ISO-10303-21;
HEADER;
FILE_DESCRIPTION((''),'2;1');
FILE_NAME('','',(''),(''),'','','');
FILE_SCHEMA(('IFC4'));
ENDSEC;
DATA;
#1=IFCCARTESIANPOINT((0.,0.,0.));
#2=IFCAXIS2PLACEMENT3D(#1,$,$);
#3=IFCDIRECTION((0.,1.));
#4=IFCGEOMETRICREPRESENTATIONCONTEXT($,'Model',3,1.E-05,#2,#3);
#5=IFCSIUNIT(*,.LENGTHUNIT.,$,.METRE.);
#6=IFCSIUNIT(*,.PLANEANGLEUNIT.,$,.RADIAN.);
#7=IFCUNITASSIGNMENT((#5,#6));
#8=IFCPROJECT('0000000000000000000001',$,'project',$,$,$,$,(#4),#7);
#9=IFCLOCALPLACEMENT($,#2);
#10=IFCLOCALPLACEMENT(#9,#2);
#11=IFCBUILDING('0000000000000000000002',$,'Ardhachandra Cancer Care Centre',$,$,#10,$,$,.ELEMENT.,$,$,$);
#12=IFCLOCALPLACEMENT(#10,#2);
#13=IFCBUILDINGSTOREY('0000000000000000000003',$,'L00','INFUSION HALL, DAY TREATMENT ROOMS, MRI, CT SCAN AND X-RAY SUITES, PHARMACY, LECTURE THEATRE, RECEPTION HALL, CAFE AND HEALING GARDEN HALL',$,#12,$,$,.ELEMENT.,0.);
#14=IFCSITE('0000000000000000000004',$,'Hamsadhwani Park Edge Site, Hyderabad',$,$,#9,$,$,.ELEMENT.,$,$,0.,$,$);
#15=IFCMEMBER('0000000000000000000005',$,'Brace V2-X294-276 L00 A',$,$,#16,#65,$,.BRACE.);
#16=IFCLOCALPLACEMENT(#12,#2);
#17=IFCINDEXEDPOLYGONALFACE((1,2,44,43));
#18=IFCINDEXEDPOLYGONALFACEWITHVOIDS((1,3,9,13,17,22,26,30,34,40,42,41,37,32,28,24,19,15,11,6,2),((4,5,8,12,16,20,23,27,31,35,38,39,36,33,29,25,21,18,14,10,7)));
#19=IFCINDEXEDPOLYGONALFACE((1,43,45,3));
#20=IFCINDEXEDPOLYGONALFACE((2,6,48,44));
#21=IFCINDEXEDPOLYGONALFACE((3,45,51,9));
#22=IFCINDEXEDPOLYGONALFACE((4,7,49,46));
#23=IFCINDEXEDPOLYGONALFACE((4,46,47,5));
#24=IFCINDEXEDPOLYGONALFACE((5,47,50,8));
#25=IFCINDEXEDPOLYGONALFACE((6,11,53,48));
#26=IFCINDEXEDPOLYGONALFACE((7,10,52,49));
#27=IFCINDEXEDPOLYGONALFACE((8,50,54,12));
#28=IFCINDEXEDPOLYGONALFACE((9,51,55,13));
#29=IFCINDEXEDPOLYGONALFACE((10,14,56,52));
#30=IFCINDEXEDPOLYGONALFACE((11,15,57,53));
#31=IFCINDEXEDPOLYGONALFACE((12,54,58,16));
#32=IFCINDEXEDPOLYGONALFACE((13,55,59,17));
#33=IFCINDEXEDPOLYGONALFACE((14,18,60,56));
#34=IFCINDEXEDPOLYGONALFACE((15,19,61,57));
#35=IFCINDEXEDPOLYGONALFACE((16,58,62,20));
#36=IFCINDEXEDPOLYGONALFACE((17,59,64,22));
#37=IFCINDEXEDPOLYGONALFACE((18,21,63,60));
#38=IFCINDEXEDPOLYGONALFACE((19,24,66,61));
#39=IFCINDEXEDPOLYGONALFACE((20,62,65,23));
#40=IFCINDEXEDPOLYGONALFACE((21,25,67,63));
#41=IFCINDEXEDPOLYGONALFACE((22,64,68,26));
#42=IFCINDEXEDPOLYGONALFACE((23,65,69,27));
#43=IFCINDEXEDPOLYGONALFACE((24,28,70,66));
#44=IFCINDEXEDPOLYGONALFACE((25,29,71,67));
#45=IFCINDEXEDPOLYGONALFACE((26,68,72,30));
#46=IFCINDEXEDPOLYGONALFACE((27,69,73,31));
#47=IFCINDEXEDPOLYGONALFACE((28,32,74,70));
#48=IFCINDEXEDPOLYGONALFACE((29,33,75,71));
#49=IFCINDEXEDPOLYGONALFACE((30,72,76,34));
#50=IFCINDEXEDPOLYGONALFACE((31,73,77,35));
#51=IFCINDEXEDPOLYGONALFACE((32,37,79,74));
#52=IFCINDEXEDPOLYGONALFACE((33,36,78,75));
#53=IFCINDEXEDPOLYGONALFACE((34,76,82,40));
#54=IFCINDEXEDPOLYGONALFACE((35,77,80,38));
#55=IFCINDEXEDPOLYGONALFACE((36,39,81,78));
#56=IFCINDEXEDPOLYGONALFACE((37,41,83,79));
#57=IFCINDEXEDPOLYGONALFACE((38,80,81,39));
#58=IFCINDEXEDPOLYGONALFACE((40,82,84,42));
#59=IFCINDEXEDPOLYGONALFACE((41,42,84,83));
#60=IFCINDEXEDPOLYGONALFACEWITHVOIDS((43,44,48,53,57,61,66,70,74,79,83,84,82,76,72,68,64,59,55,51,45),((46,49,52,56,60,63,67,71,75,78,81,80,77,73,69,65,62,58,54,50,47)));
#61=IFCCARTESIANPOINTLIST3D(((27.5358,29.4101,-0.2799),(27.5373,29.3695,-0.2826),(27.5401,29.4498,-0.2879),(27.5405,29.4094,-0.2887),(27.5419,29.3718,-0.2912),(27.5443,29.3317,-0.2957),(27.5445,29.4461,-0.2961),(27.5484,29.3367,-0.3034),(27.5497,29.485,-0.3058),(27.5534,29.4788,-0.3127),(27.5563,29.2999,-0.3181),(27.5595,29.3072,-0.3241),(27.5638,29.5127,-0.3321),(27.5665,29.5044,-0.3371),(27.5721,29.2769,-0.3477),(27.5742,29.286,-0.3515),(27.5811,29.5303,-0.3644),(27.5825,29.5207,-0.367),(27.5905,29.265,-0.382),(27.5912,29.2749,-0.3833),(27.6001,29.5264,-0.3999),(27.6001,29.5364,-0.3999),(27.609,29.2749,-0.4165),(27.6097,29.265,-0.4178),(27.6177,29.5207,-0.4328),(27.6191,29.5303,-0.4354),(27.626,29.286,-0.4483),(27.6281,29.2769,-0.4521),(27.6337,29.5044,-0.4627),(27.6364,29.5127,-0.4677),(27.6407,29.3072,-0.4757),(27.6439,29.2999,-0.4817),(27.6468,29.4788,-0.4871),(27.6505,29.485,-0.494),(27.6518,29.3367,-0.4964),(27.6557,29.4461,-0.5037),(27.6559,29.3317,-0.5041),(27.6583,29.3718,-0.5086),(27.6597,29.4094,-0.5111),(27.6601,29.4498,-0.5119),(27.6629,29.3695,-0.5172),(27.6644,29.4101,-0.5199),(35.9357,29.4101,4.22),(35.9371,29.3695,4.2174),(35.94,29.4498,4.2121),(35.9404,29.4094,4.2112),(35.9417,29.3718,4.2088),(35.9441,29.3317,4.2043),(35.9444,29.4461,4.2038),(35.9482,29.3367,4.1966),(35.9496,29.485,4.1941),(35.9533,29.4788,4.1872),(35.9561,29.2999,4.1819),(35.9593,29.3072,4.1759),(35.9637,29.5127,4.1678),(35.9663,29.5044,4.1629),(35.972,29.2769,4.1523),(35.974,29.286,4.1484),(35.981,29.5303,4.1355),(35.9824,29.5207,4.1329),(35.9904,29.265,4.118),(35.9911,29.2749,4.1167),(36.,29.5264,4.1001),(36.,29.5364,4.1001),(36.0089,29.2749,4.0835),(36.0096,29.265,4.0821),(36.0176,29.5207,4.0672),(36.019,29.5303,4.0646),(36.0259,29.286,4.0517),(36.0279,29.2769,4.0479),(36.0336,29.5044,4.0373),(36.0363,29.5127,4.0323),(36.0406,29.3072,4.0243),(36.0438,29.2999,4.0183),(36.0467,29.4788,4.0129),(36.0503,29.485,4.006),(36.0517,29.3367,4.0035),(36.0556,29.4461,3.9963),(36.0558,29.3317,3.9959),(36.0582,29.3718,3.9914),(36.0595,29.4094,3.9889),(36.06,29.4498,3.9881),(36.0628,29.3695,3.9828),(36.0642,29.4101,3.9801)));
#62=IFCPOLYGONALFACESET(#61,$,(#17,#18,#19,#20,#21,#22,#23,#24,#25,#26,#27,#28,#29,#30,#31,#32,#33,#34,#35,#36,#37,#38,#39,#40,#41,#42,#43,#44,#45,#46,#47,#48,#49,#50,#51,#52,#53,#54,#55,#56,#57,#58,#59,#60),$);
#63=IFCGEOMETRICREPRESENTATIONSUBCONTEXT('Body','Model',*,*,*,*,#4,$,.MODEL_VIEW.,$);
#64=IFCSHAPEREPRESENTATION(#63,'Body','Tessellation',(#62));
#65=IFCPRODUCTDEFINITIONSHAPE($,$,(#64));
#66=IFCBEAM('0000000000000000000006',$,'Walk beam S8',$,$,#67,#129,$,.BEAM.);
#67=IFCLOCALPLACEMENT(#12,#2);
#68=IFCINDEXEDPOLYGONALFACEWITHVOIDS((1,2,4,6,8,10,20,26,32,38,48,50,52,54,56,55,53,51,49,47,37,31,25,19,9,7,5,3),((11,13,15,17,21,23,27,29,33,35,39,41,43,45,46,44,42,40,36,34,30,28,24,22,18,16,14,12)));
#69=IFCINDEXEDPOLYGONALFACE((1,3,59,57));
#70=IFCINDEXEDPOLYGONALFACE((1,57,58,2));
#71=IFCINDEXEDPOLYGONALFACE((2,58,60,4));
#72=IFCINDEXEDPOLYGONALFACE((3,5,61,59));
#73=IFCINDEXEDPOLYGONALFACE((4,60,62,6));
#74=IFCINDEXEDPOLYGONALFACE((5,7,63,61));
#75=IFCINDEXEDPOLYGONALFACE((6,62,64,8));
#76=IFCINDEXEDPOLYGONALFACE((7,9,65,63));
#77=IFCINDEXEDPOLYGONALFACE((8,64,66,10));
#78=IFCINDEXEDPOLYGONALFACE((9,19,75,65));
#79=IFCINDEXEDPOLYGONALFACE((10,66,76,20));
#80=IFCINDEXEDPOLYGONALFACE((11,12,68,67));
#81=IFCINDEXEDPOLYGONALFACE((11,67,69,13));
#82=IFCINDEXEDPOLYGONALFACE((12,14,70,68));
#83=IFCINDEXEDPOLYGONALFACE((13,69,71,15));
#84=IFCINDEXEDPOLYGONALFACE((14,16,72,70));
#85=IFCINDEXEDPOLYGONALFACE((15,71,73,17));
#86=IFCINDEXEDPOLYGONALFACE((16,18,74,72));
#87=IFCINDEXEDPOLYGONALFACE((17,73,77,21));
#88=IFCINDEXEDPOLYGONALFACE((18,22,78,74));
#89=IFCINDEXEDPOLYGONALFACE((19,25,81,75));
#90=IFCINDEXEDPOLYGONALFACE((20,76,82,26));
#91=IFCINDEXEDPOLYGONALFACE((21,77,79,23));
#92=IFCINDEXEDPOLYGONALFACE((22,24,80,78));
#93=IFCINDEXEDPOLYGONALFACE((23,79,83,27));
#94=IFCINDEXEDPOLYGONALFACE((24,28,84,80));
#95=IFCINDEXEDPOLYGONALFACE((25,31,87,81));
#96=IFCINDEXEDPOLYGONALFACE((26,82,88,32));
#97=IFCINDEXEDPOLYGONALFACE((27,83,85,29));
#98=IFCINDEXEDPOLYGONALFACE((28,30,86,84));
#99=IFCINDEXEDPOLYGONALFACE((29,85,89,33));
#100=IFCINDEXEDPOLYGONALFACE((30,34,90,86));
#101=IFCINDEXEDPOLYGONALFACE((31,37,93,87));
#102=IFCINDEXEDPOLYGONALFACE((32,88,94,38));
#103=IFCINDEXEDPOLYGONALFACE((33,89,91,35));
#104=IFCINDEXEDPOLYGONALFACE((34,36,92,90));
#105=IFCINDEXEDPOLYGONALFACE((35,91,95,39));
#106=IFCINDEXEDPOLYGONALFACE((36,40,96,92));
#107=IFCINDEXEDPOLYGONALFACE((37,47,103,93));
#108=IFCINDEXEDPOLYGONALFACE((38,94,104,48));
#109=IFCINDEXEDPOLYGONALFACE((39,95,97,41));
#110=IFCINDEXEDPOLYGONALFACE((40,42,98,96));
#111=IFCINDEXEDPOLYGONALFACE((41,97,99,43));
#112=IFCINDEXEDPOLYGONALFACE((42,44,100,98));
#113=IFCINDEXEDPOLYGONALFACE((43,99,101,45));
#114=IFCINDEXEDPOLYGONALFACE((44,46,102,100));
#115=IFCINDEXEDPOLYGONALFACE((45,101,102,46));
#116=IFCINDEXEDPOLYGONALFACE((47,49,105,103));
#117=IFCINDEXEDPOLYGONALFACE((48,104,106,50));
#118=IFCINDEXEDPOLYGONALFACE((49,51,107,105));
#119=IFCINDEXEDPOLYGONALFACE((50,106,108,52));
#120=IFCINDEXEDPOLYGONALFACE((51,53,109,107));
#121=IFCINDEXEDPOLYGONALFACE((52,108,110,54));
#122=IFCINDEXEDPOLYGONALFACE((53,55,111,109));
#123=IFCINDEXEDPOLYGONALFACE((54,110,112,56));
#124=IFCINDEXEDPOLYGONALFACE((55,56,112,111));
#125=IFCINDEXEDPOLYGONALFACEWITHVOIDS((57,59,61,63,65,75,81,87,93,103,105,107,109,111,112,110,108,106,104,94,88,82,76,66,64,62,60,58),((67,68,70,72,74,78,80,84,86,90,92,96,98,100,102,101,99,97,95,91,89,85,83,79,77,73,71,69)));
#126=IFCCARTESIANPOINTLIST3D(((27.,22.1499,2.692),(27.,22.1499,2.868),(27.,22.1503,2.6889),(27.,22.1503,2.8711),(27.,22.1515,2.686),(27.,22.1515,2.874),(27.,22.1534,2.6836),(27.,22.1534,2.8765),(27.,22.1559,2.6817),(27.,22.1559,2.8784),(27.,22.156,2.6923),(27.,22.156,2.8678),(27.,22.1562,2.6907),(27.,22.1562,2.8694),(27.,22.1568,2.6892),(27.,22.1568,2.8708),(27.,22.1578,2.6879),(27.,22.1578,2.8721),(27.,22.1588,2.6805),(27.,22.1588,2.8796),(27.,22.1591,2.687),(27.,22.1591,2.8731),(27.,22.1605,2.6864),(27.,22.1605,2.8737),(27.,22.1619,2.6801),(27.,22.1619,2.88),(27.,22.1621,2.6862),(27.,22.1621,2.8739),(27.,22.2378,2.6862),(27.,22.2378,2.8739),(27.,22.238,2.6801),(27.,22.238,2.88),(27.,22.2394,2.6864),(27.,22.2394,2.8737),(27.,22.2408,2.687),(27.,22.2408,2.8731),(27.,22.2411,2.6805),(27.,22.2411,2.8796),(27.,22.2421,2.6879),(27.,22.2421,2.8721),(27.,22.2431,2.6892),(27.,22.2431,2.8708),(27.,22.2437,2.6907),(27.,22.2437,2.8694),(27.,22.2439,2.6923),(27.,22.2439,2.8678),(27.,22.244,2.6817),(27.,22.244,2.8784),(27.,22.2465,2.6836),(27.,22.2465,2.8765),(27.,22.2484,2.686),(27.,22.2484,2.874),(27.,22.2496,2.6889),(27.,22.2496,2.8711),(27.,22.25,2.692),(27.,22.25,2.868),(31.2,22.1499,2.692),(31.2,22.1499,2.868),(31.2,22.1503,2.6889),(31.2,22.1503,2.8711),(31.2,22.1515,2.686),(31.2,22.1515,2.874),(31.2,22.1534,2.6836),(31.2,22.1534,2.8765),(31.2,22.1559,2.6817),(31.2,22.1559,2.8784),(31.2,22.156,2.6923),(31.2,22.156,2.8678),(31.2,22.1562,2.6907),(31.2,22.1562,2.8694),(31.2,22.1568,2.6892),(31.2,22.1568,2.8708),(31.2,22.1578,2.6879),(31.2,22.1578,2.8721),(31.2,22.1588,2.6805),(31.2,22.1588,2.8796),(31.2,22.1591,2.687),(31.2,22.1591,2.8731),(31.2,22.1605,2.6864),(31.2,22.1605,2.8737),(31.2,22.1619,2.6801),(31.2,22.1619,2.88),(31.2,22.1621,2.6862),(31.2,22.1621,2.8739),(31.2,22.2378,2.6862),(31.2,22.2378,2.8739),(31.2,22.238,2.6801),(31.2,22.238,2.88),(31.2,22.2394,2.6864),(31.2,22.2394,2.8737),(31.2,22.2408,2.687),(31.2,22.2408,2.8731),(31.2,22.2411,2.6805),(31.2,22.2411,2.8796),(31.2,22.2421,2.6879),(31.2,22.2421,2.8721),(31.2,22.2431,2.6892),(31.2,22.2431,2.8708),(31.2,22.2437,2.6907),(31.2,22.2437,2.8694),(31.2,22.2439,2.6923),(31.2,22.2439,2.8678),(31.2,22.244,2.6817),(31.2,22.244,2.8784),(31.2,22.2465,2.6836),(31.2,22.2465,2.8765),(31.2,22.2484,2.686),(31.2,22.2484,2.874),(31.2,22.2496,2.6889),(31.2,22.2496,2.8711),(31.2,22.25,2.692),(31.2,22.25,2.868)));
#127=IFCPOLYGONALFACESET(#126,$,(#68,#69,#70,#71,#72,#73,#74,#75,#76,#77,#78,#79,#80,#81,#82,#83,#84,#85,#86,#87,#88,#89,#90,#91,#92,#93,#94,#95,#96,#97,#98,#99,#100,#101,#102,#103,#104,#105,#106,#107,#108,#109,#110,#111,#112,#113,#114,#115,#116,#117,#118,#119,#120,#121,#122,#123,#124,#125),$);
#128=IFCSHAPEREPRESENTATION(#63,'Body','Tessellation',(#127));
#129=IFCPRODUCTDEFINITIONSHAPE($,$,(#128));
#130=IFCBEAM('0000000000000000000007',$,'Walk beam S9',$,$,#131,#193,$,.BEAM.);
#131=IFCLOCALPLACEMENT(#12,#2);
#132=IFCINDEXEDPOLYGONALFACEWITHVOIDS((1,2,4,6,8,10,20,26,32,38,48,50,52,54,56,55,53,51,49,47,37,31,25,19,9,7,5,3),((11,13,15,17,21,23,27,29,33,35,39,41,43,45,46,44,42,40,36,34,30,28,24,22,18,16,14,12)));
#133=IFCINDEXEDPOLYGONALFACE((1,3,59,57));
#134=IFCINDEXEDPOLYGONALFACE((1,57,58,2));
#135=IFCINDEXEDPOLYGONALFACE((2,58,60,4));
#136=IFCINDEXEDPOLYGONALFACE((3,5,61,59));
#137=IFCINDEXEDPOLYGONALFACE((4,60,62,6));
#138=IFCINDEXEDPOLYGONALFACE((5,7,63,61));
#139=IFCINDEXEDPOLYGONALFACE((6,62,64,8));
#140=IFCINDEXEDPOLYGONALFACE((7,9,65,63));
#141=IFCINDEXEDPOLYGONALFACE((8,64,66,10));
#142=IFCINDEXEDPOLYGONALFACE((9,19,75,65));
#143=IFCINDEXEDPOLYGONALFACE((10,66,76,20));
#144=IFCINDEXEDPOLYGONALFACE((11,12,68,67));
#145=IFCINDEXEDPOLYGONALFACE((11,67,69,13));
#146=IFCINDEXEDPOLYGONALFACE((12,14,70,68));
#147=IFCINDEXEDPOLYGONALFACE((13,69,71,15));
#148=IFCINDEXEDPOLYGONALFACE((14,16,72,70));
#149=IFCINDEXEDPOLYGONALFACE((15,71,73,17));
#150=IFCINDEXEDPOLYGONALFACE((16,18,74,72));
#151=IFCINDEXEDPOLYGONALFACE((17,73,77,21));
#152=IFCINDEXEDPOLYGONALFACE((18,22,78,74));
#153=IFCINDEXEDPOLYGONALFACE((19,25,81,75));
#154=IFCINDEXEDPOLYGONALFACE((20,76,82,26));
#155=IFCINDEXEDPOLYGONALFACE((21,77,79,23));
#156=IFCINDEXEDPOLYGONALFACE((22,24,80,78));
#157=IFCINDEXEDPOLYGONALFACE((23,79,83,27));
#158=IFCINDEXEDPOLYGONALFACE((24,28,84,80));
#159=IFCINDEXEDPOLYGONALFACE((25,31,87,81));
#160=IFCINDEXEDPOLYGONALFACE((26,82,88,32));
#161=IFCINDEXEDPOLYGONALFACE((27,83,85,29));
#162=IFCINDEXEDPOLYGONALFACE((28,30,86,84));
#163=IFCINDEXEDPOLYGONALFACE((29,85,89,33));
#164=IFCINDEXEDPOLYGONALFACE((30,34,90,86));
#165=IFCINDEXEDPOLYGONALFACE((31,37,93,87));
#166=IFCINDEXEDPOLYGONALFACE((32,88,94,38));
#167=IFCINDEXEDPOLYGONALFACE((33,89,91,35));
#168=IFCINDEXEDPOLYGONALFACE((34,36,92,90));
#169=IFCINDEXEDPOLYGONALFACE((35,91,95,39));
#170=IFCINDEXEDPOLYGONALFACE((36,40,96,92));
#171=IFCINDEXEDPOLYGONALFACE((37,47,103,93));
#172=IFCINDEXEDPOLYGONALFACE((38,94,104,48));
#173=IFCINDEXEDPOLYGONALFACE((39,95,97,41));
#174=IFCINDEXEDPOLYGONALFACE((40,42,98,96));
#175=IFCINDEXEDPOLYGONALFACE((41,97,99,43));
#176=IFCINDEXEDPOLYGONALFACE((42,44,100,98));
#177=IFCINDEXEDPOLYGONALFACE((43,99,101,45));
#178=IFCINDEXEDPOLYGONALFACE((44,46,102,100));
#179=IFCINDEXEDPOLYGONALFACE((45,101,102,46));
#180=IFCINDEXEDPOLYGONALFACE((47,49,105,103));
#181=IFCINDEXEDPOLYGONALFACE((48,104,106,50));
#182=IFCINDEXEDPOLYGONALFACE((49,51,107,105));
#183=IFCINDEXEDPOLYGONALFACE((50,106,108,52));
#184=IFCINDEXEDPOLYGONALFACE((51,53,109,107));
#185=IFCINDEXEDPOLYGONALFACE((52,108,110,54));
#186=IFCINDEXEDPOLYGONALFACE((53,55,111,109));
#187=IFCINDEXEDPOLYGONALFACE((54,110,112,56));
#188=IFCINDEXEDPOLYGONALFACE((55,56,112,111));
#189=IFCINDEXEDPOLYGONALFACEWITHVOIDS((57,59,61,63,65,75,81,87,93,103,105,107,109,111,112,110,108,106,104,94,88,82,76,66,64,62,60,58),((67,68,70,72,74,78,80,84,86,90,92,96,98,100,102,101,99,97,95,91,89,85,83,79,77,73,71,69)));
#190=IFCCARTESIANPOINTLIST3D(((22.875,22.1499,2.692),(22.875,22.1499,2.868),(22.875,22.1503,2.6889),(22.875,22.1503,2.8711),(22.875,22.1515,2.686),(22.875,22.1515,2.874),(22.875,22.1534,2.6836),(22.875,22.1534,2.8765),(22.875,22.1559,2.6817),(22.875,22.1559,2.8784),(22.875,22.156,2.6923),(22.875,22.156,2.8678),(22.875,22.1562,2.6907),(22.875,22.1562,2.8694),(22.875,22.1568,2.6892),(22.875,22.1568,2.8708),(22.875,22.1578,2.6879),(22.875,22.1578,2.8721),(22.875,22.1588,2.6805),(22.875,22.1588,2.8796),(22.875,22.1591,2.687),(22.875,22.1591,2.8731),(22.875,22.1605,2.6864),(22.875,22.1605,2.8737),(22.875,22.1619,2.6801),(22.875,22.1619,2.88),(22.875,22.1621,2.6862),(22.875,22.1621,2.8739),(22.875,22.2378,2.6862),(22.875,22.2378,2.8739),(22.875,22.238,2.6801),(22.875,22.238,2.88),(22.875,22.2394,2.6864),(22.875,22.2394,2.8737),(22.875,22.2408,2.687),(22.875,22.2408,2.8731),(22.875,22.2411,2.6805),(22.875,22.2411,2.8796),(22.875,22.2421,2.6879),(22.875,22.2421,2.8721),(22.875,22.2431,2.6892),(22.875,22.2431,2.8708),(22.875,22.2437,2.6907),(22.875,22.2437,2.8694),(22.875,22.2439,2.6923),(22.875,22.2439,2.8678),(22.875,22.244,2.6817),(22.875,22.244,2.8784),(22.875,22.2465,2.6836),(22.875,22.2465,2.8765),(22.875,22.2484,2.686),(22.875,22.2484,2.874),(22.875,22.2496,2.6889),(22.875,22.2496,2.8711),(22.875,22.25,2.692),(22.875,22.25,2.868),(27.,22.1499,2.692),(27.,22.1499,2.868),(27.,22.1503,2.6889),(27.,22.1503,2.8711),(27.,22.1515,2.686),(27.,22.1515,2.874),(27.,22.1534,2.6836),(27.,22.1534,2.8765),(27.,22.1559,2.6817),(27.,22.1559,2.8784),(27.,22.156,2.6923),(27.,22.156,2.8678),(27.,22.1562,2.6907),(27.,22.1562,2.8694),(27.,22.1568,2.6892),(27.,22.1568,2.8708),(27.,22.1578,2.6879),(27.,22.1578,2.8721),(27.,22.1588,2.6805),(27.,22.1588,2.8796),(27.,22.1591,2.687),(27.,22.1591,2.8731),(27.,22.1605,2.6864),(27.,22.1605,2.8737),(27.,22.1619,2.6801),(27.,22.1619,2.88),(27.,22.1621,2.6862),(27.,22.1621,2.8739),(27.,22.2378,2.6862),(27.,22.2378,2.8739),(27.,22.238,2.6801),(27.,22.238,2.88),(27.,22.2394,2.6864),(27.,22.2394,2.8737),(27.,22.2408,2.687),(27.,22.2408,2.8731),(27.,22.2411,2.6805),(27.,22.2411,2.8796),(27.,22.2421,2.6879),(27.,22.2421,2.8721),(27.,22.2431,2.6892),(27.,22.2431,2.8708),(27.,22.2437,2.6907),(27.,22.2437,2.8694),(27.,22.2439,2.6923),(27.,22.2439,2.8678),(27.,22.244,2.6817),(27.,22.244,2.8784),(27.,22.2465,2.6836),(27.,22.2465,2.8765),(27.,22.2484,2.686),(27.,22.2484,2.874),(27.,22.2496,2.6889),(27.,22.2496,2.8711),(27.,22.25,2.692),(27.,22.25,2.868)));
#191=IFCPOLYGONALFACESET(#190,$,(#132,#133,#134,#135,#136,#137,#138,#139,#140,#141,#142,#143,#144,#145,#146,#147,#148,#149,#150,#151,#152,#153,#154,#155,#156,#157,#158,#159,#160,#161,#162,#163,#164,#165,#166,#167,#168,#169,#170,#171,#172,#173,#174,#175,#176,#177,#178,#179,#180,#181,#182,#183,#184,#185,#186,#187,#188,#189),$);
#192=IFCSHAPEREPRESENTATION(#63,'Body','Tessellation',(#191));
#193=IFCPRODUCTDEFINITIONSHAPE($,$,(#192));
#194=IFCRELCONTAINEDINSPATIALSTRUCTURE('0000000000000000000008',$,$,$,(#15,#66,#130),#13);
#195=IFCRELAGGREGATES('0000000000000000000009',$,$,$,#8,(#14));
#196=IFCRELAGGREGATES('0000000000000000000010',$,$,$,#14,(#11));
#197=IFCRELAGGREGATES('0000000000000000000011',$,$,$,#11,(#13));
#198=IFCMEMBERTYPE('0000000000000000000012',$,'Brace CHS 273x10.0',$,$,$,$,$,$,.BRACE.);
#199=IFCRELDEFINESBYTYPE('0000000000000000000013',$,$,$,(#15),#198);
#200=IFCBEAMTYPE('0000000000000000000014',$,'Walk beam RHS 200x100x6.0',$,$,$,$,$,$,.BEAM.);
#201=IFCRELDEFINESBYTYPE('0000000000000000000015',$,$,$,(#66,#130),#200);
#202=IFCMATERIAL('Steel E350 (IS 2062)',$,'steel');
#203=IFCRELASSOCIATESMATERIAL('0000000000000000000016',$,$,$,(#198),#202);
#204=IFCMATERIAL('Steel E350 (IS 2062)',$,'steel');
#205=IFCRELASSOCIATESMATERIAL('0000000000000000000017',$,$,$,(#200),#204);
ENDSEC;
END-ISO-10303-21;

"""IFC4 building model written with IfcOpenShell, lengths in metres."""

from ifc_helpers import new_model, si_unit, direction, frame, origin, origin_2d, place, context, subcontext, project, spatial, hollow_rectangle, hollow_circle, extrude, material, material_profile, profile_set, type_object, element, save


model = new_model("IFC4")

# Units and contexts
model_context = context("Model", 3, precision=1e-05, world=origin(), true_north=direction((0.0, 1.0)))
body_context = subcontext(model_context, "Body", "Model", "MODEL_VIEW")
ifc_project = project(units=[si_unit("LENGTHUNIT", "METRE"), si_unit("PLANEANGLEUNIT", "RADIAN")], contexts=[model_context])

# Site, building, storey
site_placement = place(None, origin())
site = spatial("IfcSite", under=ifc_project, at=site_placement, Name="Hamsadhwani Park Edge Site, Hyderabad", CompositionType="ELEMENT", RefElevation=0.0)
building_placement = place(site_placement, origin())
building = spatial("IfcBuilding", under=site, at=building_placement, Name="Ardhachandra Cancer Care Centre", CompositionType="ELEMENT")
storey_placement = place(building_placement, origin())
storey = spatial("IfcBuildingStorey", under=building, at=storey_placement, Name="L00", Description="INFUSION HALL, DAY TREATMENT ROOMS, MRI, CT SCAN AND X-RAY SUITES, PHARMACY, LECTURE THEATRE, RECEPTION HALL, CAFE AND HEALING GARDEN HALL", CompositionType="ELEMENT", Elevation=0.0)

# Member
ifc_material_1 = material(Name="Steel E350 (IS 2062)", Category="steel")
ifc_material_profile_1 = material_profile(ifc_material_1, hollow_circle(Radius=0.1365, WallThickness=0.01, at=origin_2d()), Name="CHS 273x10.0")
ifc_profile_set_1 = profile_set([ifc_material_profile_1], Name="Steel E350 (IS 2062)")
member_type = type_object("IfcMemberType", Name="Brace CHS 273x10.0", PredefinedType="BRACE", material=ifc_profile_set_1)
member_placement = place(storey_placement, frame((27.6001, 29.3999, -0.3999), z_axis=(0.881478, 0.0, 0.472226), x_axis=(0.0, 1.0, 0.0)))
element("IfcMember", 1, at=member_placement, inside=storey, type_object=member_type, Name="Brace V2-X294-276 L00 A", PredefinedType="BRACE", context=body_context, shape_type="SweptSolid", body=[
    extrude(hollow_circle(Radius=0.1365, WallThickness=0.01, at=origin_2d()), origin(), (0.0, 0.0, 1.0), 9.5293),
])

# Beams
ifc_material_2 = material(Name="Steel E350 (IS 2062)", Category="steel")
ifc_material_profile_2 = material_profile(ifc_material_2, hollow_rectangle(XDim=0.1001, YDim=0.2, WallThickness=0.0061, InnerFilletRadius=0.0061, OuterFilletRadius=0.012, at=origin_2d()), Name="RHS 200x100x6.0")
ifc_profile_set_2 = profile_set([ifc_material_profile_2], Name="Steel E350 (IS 2062)")
beam_type_1 = type_object("IfcBeamType", Name="Walk beam RHS 200x100x6.0", PredefinedType="BEAM", material=ifc_profile_set_2)
beam_1_placement = place(storey_placement, frame((27.0, 22.2, 2.78), z_axis=(1.0, 0.0, 0.0), x_axis=(0.0, 1.0, 0.0)))
element("IfcBeam", 2, at=beam_1_placement, inside=storey, type_object=beam_type_1, Name="Walk beam S8", PredefinedType="BEAM", context=body_context, shape_type="SweptSolid", body=[
    extrude(hollow_rectangle(XDim=0.1001, YDim=0.2, WallThickness=0.0061, InnerFilletRadius=0.0061, OuterFilletRadius=0.012, at=origin_2d()), origin(), (0.0, 0.0, 1.0), 4.2),
])
beam_2_placement = place(storey_placement, frame((22.875, 22.2, 2.78), z_axis=(1.0, 0.0, 0.0), x_axis=(0.0, 1.0, 0.0)))
element("IfcBeam", 3, at=beam_2_placement, inside=storey, type_object=beam_type_1, Name="Walk beam S9", PredefinedType="BEAM", context=body_context, shape_type="SweptSolid", body=[
    extrude(hollow_rectangle(XDim=0.1001, YDim=0.2, WallThickness=0.0061, InnerFilletRadius=0.0061, OuterFilletRadius=0.012, at=origin_2d()), origin(), (0.0, 0.0, 1.0), 4.125),
])

save(model, "model.ifc")
